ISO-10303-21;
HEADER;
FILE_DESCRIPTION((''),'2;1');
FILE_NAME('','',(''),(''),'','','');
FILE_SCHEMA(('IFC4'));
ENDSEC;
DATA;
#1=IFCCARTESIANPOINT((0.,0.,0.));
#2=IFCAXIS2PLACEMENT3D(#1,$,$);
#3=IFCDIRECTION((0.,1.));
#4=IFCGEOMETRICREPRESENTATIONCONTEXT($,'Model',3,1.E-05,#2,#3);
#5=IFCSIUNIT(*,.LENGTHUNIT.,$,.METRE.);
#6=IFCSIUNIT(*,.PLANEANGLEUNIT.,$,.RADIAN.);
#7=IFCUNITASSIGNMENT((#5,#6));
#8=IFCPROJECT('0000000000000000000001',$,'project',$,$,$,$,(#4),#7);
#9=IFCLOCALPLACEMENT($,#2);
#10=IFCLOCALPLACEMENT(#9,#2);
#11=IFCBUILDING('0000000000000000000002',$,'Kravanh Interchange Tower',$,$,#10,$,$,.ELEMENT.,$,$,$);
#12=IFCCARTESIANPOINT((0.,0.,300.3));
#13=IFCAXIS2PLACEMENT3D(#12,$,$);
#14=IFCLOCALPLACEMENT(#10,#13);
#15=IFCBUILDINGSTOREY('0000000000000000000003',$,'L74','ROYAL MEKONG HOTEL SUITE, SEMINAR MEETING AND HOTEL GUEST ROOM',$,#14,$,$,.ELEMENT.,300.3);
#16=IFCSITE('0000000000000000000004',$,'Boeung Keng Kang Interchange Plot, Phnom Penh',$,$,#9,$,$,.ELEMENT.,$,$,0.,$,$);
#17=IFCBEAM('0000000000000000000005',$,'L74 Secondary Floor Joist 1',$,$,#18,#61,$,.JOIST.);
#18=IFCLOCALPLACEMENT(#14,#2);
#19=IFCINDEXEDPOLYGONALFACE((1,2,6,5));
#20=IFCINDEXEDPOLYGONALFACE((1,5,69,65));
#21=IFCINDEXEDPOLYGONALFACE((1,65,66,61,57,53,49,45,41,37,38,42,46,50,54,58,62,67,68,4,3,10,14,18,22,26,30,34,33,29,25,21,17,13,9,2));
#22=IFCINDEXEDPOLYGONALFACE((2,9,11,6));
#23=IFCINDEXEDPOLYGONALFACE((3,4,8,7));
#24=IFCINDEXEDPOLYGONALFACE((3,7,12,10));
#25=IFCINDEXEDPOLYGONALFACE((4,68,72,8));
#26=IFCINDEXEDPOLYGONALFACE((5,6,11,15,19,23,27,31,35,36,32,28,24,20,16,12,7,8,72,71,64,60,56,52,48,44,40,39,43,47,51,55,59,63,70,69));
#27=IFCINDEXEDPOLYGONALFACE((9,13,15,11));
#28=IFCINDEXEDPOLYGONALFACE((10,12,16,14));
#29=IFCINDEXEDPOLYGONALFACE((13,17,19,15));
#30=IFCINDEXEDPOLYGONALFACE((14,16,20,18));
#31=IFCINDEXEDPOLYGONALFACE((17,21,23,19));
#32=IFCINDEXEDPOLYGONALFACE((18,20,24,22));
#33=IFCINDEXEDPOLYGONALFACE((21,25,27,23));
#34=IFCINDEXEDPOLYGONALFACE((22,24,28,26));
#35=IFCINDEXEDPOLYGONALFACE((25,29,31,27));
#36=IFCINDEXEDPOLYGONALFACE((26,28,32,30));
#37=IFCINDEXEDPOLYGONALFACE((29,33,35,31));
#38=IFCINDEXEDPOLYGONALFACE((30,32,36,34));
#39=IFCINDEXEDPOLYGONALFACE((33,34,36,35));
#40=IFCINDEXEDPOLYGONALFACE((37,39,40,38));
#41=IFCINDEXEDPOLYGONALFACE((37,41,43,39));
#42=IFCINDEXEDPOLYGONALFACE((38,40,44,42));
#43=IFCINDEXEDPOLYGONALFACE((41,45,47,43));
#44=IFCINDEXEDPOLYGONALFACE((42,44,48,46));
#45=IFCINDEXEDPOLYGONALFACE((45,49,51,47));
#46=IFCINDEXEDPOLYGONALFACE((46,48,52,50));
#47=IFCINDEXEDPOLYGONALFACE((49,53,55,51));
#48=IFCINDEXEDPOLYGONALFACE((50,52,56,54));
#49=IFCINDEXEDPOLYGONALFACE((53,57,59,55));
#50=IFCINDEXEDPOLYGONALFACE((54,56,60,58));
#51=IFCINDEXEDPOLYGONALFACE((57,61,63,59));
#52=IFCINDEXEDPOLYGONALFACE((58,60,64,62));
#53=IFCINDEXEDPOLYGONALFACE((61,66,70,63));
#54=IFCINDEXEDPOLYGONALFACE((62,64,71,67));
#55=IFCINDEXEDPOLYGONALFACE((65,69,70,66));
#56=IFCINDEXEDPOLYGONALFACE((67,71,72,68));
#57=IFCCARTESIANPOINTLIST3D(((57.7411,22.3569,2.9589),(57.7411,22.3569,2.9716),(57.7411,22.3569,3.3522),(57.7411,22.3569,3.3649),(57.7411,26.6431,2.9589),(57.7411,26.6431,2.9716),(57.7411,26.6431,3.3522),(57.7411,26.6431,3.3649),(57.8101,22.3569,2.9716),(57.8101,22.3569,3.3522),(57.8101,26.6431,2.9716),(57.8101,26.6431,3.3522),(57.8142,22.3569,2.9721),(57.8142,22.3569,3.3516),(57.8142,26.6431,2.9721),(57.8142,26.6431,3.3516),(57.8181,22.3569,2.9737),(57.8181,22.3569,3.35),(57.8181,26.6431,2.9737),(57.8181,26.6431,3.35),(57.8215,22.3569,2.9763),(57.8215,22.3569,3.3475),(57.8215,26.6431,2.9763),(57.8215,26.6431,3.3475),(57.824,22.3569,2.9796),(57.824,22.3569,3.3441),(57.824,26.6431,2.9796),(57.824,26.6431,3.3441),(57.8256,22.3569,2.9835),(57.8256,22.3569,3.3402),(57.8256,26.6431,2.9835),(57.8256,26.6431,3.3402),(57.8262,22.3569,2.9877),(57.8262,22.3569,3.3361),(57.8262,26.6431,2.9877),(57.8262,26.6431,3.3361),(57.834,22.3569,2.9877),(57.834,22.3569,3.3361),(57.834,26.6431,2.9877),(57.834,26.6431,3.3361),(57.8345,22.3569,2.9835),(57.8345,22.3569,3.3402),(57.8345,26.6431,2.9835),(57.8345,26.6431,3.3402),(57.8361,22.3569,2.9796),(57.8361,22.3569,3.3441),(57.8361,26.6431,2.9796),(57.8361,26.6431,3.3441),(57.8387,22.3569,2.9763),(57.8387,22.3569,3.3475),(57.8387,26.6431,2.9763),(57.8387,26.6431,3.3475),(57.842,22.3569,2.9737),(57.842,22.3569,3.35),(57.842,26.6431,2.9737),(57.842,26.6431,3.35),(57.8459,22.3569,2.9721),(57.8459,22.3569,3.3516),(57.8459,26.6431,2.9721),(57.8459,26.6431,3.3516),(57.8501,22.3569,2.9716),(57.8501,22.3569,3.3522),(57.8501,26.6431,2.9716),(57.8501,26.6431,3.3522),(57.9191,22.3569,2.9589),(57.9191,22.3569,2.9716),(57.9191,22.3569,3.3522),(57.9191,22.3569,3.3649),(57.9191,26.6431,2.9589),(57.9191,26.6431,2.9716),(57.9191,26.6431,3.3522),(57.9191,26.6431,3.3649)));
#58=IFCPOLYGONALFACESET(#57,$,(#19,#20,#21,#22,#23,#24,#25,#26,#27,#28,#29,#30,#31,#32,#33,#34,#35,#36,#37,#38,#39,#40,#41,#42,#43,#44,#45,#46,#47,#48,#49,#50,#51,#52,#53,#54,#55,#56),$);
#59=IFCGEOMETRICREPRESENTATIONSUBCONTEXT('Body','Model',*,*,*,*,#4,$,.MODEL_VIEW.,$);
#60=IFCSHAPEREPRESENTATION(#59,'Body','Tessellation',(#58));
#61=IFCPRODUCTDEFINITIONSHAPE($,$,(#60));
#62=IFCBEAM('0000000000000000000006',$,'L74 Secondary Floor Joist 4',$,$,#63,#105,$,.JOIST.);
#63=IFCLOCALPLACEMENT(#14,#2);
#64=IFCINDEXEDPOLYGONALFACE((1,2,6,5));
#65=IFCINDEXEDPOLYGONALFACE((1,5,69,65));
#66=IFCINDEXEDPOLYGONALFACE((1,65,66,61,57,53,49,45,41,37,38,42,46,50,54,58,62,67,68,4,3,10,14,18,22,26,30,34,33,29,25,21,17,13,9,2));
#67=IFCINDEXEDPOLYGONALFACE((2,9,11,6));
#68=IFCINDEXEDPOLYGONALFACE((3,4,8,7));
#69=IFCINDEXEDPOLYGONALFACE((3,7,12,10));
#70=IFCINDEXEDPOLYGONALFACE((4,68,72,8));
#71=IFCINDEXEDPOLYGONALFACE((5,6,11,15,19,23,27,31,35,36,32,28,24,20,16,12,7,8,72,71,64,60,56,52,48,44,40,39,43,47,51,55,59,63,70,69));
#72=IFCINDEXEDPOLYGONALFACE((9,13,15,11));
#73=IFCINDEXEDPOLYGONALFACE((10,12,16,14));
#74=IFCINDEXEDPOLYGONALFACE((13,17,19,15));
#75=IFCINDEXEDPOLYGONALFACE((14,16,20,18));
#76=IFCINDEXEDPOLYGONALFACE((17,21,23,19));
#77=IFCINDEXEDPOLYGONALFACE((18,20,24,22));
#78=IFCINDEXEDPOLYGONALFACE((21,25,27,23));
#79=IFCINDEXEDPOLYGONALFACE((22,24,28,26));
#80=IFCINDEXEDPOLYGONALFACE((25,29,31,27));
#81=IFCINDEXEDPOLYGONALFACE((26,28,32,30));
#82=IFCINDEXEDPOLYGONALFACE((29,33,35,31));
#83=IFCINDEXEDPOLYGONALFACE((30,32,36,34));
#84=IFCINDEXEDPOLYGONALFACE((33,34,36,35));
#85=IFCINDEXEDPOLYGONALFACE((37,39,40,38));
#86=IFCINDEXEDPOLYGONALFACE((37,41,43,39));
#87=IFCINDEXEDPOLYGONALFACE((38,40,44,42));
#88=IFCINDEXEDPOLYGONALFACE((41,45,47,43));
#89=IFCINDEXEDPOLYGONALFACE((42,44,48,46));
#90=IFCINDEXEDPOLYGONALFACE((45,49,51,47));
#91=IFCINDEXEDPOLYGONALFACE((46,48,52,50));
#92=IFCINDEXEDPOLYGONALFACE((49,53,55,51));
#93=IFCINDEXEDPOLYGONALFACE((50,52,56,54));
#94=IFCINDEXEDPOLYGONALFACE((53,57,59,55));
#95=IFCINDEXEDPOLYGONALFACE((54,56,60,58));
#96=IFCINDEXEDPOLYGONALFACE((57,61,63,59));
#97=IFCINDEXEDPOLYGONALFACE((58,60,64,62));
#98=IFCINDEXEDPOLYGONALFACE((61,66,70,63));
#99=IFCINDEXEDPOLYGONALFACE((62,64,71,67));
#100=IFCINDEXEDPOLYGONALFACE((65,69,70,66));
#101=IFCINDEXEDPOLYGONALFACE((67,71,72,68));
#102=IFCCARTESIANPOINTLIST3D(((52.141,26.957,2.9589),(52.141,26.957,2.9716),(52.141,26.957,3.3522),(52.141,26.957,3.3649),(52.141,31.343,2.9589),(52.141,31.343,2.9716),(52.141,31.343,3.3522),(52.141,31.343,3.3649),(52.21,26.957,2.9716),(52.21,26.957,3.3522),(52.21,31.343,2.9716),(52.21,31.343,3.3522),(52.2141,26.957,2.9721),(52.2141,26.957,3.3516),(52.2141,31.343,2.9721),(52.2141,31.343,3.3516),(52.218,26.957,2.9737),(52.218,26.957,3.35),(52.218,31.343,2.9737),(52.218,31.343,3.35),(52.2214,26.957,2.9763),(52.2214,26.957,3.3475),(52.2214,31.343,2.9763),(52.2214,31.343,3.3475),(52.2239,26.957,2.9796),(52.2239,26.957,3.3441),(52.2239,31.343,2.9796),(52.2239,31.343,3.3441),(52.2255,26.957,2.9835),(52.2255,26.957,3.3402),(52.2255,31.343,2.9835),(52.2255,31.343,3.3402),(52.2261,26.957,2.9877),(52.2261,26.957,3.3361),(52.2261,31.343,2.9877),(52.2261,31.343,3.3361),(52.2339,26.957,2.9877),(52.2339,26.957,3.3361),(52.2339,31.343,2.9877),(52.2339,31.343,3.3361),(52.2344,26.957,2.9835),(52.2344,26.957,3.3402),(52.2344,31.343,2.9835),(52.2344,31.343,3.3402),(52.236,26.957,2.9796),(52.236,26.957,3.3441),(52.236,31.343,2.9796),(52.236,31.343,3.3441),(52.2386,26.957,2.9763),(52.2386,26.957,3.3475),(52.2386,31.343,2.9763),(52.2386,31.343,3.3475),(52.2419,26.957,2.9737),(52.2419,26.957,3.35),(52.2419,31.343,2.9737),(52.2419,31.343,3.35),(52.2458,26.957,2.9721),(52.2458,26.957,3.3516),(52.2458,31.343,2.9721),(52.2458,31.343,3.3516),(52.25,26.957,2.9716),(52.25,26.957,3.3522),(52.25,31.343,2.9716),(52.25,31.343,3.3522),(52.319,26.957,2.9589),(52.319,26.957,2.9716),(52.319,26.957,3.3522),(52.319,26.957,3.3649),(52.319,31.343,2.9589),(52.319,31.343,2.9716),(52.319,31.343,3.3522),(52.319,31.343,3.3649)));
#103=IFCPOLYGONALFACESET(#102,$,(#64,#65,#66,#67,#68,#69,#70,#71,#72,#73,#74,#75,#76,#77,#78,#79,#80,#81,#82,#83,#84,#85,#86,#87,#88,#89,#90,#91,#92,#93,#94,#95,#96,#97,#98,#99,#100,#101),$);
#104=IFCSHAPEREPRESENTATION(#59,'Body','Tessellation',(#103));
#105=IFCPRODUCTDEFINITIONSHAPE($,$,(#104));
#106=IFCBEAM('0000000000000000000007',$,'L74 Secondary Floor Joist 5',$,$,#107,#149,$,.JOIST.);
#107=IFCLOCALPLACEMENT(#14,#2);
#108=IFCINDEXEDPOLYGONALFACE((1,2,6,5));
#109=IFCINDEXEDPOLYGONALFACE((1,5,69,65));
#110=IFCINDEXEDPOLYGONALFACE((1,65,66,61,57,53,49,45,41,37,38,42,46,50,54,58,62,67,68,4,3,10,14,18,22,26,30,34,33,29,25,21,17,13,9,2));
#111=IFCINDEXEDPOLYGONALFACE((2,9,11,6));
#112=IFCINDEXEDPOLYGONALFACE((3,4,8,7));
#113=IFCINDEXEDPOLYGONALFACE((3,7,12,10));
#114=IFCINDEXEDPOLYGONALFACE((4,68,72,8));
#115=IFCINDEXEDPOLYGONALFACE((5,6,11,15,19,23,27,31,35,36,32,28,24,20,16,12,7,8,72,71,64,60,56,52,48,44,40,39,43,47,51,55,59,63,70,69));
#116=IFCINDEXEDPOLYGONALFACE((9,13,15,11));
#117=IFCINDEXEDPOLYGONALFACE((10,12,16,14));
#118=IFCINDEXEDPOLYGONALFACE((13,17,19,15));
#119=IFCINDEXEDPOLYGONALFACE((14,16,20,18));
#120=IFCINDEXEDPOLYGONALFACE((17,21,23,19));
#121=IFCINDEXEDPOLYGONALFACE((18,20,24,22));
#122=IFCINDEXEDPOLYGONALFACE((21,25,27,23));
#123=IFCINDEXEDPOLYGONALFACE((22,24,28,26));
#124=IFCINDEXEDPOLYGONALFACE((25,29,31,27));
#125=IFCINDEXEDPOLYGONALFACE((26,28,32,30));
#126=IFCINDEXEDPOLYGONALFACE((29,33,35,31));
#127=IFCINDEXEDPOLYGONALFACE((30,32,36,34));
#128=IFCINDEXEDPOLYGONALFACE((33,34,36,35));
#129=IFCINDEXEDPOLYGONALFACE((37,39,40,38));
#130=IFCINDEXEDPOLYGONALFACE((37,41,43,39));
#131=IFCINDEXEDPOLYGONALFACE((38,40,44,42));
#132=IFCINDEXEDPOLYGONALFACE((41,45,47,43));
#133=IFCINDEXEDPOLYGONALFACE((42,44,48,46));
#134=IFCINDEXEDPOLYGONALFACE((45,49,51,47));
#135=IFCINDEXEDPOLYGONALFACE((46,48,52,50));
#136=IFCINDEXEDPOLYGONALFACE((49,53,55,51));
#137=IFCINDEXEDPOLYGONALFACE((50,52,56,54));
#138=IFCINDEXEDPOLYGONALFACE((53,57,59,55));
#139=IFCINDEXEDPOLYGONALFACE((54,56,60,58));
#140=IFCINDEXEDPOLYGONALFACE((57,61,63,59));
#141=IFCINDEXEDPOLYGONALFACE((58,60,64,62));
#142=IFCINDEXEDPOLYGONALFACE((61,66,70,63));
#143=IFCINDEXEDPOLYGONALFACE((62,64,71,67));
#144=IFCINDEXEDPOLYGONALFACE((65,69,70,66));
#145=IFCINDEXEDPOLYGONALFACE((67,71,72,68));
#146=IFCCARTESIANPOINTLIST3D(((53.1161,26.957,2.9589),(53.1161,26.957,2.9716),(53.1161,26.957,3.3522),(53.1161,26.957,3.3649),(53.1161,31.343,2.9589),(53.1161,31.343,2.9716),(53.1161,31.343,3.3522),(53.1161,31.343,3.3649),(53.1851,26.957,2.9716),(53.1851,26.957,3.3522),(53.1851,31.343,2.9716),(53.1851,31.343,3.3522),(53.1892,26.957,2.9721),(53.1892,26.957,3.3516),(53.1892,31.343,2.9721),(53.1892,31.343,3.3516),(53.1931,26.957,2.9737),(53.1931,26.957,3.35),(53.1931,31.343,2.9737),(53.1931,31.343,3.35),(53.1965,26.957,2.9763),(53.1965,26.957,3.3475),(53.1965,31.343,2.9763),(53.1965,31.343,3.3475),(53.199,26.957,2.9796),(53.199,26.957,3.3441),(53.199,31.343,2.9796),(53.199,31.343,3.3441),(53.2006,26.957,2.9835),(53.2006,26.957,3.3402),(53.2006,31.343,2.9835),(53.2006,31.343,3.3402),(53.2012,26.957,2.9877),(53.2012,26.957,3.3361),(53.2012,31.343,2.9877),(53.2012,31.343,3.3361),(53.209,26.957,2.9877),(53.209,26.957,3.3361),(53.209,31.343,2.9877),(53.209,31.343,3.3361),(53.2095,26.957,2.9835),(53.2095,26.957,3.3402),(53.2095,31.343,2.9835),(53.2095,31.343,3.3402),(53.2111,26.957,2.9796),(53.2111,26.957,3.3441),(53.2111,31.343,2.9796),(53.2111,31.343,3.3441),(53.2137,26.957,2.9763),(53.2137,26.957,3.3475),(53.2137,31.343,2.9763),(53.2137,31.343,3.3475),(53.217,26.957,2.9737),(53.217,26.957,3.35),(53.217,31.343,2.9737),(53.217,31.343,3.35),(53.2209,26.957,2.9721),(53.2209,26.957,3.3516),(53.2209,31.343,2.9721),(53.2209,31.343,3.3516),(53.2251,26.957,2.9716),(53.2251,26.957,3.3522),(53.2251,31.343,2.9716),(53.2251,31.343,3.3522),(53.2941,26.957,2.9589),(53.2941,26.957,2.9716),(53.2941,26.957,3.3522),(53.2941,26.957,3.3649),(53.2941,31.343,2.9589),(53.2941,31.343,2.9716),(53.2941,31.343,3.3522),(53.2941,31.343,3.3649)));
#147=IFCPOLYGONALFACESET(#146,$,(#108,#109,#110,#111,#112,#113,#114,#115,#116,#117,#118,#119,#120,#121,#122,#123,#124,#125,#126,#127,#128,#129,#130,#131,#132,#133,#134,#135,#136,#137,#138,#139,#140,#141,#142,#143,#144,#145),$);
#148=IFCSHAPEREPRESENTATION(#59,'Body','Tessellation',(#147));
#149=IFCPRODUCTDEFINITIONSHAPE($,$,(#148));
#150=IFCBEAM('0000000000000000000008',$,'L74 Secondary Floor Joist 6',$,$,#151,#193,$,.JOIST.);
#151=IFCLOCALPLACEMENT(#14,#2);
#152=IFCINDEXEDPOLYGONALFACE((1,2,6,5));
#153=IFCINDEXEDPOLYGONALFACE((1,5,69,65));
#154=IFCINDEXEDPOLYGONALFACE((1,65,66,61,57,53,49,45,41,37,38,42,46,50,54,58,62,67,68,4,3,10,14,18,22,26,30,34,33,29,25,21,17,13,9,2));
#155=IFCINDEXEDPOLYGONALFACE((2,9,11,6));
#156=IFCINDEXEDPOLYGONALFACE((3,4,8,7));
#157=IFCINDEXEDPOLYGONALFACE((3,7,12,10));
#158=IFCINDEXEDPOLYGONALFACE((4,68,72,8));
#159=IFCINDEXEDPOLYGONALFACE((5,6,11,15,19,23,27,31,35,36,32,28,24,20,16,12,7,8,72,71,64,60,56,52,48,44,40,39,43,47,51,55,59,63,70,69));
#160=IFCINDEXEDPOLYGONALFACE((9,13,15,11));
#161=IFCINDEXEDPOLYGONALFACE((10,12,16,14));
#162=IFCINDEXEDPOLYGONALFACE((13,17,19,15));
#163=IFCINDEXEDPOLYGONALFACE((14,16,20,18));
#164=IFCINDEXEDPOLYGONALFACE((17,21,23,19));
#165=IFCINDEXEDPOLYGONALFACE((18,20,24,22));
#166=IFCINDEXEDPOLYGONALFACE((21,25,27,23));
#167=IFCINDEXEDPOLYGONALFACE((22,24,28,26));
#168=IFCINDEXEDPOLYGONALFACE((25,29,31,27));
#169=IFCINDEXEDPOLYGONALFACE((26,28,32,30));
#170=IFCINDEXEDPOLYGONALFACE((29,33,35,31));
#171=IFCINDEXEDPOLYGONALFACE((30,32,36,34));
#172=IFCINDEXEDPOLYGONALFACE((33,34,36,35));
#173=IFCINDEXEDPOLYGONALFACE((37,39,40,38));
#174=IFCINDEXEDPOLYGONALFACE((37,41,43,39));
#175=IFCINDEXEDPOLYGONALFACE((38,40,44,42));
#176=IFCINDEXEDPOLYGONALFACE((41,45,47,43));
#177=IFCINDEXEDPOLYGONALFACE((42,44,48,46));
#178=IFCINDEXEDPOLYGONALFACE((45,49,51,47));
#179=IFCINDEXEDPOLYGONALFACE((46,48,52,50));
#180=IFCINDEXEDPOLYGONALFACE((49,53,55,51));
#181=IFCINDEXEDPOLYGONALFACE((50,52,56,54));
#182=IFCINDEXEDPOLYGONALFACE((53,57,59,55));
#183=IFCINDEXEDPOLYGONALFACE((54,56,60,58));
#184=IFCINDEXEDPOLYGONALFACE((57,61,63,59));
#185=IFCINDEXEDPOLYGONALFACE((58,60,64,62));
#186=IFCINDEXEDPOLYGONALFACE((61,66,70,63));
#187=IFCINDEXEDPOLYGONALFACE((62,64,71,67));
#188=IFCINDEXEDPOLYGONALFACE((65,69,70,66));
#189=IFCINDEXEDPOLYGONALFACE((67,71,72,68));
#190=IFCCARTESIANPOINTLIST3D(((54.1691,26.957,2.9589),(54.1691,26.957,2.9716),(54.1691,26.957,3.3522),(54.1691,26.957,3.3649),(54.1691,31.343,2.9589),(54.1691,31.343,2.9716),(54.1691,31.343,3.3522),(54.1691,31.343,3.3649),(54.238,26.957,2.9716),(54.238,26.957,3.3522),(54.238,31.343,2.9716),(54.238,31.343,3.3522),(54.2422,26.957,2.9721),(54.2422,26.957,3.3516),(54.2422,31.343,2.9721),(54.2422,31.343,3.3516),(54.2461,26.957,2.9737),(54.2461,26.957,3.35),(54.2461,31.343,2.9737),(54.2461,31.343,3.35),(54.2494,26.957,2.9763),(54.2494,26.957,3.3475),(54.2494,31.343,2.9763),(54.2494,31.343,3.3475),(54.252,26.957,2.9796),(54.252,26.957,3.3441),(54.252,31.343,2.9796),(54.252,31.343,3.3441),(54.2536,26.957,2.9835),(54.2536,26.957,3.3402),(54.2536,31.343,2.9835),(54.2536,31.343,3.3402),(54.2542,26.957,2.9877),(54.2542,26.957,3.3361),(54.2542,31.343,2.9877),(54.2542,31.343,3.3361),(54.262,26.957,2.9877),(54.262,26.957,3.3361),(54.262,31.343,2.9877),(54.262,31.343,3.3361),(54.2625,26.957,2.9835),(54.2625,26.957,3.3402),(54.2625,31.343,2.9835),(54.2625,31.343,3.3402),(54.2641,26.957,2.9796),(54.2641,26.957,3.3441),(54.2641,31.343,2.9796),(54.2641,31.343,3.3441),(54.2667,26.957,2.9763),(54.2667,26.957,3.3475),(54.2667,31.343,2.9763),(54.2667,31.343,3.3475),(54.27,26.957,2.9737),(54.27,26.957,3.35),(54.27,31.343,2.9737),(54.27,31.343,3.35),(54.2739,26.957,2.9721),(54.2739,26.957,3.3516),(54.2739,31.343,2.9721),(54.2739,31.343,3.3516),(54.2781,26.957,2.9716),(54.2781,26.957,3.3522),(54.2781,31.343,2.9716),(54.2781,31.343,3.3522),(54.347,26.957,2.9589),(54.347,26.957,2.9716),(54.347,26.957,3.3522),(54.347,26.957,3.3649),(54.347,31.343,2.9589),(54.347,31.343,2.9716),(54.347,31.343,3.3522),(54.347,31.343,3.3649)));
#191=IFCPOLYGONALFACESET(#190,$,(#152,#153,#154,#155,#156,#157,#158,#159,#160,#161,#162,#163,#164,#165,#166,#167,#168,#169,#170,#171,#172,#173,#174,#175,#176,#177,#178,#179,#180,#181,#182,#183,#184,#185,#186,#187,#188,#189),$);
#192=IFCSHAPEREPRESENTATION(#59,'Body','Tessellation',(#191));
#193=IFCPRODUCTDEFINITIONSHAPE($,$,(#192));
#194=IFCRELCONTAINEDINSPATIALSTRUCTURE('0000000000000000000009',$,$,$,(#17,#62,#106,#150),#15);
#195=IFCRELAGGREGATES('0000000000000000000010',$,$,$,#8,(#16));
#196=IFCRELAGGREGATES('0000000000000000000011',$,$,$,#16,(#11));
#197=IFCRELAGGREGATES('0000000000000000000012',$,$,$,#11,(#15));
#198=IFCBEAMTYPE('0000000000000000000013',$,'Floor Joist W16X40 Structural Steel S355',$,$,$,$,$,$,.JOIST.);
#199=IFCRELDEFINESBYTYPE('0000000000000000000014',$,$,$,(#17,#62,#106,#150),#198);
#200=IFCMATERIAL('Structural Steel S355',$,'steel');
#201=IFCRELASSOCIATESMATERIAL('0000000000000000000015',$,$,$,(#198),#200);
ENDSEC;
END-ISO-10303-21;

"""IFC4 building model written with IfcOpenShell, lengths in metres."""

from ifc_helpers import new_model, si_unit, direction, frame, origin, origin_2d, place, context, subcontext, project, spatial, i_section, extrude, material, material_profile, profile_set, type_object, element, save


model = new_model("IFC4")

# Units and contexts
model_context = context("Model", 3, precision=1e-05, world=origin(), true_north=direction((0.0, 1.0)))
body_context = subcontext(model_context, "Body", "Model", "MODEL_VIEW")
ifc_project = project(units=[si_unit("LENGTHUNIT", "METRE"), si_unit("PLANEANGLEUNIT", "RADIAN")], contexts=[model_context])

# Site, building, storey
site_placement = place(None, origin())
site = spatial("IfcSite", under=ifc_project, at=site_placement, Name="Boeung Keng Kang Interchange Plot, Phnom Penh", CompositionType="ELEMENT", RefElevation=0.0)
building_placement = place(site_placement, origin())
building = spatial("IfcBuilding", under=site, at=building_placement, Name="Kravanh Interchange Tower", CompositionType="ELEMENT")
storey_placement = place(building_placement, frame((0.0, 0.0, 300.3)))
storey = spatial("IfcBuildingStorey", under=building, at=storey_placement, Name="L74", Description="ROYAL MEKONG HOTEL SUITE, SEMINAR MEETING AND HOTEL GUEST ROOM", CompositionType="ELEMENT", Elevation=300.3)

# Beams
ifc_material_1 = material(Name="Structural Steel S355", Category="steel")
ifc_material_profile_1 = material_profile(ifc_material_1, i_section(OverallWidth=0.178, OverallDepth=0.406, WebThickness=0.0078, FlangeThickness=0.0127, FilletRadius=0.0161, at=origin_2d()), Name="W16X40")
ifc_profile_set_1 = profile_set([ifc_material_profile_1], Name="Structural Steel S355")
beam_type_1 = type_object("IfcBeamType", Name="Floor Joist W16X40 Structural Steel S355", PredefinedType="JOIST", material=ifc_profile_set_1)
beam_1_placement = place(storey_placement, frame((57.8301, 22.3569, 3.1619), z_axis=(0.0, 1.0, 0.0), x_axis=(-1.0, 0.0, 0.0)))
element("IfcBeam", 1, at=beam_1_placement, inside=storey, type_object=beam_type_1, Name="L74 Secondary Floor Joist 1", PredefinedType="JOIST", context=body_context, shape_type="SweptSolid", body=[
    extrude(i_section(OverallWidth=0.178, OverallDepth=0.406, WebThickness=0.0078, FlangeThickness=0.0127, FilletRadius=0.0161, at=origin_2d()), origin(), (0.0, 0.0, 1.0), 4.2861),
])
for number, where, z_axis, x_axis, name in (
    (2, (52.23, 26.957, 3.1619), (0.0, 1.0, 0.0), (-1.0, 0.0, 0.0), "L74 Secondary Floor Joist 4"),
    (3, (53.2051, 26.957, 3.1619), (0.0, 1.0, 0.0), (-1.0, 0.0, 0.0), "L74 Secondary Floor Joist 5"),
    (4, (54.2581, 26.957, 3.1619), (0.0, 1.0, 0.0), (-1.0, 0.0, 0.0), "L74 Secondary Floor Joist 6"),
):
    element("IfcBeam", number, at=place(storey_placement, frame(where, z_axis=z_axis, x_axis=x_axis)), inside=storey, type_object=beam_type_1, Name=name, PredefinedType="JOIST", context=body_context, shape_type="SweptSolid", body=[
        extrude(i_section(OverallWidth=0.178, OverallDepth=0.406, WebThickness=0.0078, FlangeThickness=0.0127, FilletRadius=0.0161, at=origin_2d()), origin(), (0.0, 0.0, 1.0), 4.386),
    ])

save(model, "model.ifc")
